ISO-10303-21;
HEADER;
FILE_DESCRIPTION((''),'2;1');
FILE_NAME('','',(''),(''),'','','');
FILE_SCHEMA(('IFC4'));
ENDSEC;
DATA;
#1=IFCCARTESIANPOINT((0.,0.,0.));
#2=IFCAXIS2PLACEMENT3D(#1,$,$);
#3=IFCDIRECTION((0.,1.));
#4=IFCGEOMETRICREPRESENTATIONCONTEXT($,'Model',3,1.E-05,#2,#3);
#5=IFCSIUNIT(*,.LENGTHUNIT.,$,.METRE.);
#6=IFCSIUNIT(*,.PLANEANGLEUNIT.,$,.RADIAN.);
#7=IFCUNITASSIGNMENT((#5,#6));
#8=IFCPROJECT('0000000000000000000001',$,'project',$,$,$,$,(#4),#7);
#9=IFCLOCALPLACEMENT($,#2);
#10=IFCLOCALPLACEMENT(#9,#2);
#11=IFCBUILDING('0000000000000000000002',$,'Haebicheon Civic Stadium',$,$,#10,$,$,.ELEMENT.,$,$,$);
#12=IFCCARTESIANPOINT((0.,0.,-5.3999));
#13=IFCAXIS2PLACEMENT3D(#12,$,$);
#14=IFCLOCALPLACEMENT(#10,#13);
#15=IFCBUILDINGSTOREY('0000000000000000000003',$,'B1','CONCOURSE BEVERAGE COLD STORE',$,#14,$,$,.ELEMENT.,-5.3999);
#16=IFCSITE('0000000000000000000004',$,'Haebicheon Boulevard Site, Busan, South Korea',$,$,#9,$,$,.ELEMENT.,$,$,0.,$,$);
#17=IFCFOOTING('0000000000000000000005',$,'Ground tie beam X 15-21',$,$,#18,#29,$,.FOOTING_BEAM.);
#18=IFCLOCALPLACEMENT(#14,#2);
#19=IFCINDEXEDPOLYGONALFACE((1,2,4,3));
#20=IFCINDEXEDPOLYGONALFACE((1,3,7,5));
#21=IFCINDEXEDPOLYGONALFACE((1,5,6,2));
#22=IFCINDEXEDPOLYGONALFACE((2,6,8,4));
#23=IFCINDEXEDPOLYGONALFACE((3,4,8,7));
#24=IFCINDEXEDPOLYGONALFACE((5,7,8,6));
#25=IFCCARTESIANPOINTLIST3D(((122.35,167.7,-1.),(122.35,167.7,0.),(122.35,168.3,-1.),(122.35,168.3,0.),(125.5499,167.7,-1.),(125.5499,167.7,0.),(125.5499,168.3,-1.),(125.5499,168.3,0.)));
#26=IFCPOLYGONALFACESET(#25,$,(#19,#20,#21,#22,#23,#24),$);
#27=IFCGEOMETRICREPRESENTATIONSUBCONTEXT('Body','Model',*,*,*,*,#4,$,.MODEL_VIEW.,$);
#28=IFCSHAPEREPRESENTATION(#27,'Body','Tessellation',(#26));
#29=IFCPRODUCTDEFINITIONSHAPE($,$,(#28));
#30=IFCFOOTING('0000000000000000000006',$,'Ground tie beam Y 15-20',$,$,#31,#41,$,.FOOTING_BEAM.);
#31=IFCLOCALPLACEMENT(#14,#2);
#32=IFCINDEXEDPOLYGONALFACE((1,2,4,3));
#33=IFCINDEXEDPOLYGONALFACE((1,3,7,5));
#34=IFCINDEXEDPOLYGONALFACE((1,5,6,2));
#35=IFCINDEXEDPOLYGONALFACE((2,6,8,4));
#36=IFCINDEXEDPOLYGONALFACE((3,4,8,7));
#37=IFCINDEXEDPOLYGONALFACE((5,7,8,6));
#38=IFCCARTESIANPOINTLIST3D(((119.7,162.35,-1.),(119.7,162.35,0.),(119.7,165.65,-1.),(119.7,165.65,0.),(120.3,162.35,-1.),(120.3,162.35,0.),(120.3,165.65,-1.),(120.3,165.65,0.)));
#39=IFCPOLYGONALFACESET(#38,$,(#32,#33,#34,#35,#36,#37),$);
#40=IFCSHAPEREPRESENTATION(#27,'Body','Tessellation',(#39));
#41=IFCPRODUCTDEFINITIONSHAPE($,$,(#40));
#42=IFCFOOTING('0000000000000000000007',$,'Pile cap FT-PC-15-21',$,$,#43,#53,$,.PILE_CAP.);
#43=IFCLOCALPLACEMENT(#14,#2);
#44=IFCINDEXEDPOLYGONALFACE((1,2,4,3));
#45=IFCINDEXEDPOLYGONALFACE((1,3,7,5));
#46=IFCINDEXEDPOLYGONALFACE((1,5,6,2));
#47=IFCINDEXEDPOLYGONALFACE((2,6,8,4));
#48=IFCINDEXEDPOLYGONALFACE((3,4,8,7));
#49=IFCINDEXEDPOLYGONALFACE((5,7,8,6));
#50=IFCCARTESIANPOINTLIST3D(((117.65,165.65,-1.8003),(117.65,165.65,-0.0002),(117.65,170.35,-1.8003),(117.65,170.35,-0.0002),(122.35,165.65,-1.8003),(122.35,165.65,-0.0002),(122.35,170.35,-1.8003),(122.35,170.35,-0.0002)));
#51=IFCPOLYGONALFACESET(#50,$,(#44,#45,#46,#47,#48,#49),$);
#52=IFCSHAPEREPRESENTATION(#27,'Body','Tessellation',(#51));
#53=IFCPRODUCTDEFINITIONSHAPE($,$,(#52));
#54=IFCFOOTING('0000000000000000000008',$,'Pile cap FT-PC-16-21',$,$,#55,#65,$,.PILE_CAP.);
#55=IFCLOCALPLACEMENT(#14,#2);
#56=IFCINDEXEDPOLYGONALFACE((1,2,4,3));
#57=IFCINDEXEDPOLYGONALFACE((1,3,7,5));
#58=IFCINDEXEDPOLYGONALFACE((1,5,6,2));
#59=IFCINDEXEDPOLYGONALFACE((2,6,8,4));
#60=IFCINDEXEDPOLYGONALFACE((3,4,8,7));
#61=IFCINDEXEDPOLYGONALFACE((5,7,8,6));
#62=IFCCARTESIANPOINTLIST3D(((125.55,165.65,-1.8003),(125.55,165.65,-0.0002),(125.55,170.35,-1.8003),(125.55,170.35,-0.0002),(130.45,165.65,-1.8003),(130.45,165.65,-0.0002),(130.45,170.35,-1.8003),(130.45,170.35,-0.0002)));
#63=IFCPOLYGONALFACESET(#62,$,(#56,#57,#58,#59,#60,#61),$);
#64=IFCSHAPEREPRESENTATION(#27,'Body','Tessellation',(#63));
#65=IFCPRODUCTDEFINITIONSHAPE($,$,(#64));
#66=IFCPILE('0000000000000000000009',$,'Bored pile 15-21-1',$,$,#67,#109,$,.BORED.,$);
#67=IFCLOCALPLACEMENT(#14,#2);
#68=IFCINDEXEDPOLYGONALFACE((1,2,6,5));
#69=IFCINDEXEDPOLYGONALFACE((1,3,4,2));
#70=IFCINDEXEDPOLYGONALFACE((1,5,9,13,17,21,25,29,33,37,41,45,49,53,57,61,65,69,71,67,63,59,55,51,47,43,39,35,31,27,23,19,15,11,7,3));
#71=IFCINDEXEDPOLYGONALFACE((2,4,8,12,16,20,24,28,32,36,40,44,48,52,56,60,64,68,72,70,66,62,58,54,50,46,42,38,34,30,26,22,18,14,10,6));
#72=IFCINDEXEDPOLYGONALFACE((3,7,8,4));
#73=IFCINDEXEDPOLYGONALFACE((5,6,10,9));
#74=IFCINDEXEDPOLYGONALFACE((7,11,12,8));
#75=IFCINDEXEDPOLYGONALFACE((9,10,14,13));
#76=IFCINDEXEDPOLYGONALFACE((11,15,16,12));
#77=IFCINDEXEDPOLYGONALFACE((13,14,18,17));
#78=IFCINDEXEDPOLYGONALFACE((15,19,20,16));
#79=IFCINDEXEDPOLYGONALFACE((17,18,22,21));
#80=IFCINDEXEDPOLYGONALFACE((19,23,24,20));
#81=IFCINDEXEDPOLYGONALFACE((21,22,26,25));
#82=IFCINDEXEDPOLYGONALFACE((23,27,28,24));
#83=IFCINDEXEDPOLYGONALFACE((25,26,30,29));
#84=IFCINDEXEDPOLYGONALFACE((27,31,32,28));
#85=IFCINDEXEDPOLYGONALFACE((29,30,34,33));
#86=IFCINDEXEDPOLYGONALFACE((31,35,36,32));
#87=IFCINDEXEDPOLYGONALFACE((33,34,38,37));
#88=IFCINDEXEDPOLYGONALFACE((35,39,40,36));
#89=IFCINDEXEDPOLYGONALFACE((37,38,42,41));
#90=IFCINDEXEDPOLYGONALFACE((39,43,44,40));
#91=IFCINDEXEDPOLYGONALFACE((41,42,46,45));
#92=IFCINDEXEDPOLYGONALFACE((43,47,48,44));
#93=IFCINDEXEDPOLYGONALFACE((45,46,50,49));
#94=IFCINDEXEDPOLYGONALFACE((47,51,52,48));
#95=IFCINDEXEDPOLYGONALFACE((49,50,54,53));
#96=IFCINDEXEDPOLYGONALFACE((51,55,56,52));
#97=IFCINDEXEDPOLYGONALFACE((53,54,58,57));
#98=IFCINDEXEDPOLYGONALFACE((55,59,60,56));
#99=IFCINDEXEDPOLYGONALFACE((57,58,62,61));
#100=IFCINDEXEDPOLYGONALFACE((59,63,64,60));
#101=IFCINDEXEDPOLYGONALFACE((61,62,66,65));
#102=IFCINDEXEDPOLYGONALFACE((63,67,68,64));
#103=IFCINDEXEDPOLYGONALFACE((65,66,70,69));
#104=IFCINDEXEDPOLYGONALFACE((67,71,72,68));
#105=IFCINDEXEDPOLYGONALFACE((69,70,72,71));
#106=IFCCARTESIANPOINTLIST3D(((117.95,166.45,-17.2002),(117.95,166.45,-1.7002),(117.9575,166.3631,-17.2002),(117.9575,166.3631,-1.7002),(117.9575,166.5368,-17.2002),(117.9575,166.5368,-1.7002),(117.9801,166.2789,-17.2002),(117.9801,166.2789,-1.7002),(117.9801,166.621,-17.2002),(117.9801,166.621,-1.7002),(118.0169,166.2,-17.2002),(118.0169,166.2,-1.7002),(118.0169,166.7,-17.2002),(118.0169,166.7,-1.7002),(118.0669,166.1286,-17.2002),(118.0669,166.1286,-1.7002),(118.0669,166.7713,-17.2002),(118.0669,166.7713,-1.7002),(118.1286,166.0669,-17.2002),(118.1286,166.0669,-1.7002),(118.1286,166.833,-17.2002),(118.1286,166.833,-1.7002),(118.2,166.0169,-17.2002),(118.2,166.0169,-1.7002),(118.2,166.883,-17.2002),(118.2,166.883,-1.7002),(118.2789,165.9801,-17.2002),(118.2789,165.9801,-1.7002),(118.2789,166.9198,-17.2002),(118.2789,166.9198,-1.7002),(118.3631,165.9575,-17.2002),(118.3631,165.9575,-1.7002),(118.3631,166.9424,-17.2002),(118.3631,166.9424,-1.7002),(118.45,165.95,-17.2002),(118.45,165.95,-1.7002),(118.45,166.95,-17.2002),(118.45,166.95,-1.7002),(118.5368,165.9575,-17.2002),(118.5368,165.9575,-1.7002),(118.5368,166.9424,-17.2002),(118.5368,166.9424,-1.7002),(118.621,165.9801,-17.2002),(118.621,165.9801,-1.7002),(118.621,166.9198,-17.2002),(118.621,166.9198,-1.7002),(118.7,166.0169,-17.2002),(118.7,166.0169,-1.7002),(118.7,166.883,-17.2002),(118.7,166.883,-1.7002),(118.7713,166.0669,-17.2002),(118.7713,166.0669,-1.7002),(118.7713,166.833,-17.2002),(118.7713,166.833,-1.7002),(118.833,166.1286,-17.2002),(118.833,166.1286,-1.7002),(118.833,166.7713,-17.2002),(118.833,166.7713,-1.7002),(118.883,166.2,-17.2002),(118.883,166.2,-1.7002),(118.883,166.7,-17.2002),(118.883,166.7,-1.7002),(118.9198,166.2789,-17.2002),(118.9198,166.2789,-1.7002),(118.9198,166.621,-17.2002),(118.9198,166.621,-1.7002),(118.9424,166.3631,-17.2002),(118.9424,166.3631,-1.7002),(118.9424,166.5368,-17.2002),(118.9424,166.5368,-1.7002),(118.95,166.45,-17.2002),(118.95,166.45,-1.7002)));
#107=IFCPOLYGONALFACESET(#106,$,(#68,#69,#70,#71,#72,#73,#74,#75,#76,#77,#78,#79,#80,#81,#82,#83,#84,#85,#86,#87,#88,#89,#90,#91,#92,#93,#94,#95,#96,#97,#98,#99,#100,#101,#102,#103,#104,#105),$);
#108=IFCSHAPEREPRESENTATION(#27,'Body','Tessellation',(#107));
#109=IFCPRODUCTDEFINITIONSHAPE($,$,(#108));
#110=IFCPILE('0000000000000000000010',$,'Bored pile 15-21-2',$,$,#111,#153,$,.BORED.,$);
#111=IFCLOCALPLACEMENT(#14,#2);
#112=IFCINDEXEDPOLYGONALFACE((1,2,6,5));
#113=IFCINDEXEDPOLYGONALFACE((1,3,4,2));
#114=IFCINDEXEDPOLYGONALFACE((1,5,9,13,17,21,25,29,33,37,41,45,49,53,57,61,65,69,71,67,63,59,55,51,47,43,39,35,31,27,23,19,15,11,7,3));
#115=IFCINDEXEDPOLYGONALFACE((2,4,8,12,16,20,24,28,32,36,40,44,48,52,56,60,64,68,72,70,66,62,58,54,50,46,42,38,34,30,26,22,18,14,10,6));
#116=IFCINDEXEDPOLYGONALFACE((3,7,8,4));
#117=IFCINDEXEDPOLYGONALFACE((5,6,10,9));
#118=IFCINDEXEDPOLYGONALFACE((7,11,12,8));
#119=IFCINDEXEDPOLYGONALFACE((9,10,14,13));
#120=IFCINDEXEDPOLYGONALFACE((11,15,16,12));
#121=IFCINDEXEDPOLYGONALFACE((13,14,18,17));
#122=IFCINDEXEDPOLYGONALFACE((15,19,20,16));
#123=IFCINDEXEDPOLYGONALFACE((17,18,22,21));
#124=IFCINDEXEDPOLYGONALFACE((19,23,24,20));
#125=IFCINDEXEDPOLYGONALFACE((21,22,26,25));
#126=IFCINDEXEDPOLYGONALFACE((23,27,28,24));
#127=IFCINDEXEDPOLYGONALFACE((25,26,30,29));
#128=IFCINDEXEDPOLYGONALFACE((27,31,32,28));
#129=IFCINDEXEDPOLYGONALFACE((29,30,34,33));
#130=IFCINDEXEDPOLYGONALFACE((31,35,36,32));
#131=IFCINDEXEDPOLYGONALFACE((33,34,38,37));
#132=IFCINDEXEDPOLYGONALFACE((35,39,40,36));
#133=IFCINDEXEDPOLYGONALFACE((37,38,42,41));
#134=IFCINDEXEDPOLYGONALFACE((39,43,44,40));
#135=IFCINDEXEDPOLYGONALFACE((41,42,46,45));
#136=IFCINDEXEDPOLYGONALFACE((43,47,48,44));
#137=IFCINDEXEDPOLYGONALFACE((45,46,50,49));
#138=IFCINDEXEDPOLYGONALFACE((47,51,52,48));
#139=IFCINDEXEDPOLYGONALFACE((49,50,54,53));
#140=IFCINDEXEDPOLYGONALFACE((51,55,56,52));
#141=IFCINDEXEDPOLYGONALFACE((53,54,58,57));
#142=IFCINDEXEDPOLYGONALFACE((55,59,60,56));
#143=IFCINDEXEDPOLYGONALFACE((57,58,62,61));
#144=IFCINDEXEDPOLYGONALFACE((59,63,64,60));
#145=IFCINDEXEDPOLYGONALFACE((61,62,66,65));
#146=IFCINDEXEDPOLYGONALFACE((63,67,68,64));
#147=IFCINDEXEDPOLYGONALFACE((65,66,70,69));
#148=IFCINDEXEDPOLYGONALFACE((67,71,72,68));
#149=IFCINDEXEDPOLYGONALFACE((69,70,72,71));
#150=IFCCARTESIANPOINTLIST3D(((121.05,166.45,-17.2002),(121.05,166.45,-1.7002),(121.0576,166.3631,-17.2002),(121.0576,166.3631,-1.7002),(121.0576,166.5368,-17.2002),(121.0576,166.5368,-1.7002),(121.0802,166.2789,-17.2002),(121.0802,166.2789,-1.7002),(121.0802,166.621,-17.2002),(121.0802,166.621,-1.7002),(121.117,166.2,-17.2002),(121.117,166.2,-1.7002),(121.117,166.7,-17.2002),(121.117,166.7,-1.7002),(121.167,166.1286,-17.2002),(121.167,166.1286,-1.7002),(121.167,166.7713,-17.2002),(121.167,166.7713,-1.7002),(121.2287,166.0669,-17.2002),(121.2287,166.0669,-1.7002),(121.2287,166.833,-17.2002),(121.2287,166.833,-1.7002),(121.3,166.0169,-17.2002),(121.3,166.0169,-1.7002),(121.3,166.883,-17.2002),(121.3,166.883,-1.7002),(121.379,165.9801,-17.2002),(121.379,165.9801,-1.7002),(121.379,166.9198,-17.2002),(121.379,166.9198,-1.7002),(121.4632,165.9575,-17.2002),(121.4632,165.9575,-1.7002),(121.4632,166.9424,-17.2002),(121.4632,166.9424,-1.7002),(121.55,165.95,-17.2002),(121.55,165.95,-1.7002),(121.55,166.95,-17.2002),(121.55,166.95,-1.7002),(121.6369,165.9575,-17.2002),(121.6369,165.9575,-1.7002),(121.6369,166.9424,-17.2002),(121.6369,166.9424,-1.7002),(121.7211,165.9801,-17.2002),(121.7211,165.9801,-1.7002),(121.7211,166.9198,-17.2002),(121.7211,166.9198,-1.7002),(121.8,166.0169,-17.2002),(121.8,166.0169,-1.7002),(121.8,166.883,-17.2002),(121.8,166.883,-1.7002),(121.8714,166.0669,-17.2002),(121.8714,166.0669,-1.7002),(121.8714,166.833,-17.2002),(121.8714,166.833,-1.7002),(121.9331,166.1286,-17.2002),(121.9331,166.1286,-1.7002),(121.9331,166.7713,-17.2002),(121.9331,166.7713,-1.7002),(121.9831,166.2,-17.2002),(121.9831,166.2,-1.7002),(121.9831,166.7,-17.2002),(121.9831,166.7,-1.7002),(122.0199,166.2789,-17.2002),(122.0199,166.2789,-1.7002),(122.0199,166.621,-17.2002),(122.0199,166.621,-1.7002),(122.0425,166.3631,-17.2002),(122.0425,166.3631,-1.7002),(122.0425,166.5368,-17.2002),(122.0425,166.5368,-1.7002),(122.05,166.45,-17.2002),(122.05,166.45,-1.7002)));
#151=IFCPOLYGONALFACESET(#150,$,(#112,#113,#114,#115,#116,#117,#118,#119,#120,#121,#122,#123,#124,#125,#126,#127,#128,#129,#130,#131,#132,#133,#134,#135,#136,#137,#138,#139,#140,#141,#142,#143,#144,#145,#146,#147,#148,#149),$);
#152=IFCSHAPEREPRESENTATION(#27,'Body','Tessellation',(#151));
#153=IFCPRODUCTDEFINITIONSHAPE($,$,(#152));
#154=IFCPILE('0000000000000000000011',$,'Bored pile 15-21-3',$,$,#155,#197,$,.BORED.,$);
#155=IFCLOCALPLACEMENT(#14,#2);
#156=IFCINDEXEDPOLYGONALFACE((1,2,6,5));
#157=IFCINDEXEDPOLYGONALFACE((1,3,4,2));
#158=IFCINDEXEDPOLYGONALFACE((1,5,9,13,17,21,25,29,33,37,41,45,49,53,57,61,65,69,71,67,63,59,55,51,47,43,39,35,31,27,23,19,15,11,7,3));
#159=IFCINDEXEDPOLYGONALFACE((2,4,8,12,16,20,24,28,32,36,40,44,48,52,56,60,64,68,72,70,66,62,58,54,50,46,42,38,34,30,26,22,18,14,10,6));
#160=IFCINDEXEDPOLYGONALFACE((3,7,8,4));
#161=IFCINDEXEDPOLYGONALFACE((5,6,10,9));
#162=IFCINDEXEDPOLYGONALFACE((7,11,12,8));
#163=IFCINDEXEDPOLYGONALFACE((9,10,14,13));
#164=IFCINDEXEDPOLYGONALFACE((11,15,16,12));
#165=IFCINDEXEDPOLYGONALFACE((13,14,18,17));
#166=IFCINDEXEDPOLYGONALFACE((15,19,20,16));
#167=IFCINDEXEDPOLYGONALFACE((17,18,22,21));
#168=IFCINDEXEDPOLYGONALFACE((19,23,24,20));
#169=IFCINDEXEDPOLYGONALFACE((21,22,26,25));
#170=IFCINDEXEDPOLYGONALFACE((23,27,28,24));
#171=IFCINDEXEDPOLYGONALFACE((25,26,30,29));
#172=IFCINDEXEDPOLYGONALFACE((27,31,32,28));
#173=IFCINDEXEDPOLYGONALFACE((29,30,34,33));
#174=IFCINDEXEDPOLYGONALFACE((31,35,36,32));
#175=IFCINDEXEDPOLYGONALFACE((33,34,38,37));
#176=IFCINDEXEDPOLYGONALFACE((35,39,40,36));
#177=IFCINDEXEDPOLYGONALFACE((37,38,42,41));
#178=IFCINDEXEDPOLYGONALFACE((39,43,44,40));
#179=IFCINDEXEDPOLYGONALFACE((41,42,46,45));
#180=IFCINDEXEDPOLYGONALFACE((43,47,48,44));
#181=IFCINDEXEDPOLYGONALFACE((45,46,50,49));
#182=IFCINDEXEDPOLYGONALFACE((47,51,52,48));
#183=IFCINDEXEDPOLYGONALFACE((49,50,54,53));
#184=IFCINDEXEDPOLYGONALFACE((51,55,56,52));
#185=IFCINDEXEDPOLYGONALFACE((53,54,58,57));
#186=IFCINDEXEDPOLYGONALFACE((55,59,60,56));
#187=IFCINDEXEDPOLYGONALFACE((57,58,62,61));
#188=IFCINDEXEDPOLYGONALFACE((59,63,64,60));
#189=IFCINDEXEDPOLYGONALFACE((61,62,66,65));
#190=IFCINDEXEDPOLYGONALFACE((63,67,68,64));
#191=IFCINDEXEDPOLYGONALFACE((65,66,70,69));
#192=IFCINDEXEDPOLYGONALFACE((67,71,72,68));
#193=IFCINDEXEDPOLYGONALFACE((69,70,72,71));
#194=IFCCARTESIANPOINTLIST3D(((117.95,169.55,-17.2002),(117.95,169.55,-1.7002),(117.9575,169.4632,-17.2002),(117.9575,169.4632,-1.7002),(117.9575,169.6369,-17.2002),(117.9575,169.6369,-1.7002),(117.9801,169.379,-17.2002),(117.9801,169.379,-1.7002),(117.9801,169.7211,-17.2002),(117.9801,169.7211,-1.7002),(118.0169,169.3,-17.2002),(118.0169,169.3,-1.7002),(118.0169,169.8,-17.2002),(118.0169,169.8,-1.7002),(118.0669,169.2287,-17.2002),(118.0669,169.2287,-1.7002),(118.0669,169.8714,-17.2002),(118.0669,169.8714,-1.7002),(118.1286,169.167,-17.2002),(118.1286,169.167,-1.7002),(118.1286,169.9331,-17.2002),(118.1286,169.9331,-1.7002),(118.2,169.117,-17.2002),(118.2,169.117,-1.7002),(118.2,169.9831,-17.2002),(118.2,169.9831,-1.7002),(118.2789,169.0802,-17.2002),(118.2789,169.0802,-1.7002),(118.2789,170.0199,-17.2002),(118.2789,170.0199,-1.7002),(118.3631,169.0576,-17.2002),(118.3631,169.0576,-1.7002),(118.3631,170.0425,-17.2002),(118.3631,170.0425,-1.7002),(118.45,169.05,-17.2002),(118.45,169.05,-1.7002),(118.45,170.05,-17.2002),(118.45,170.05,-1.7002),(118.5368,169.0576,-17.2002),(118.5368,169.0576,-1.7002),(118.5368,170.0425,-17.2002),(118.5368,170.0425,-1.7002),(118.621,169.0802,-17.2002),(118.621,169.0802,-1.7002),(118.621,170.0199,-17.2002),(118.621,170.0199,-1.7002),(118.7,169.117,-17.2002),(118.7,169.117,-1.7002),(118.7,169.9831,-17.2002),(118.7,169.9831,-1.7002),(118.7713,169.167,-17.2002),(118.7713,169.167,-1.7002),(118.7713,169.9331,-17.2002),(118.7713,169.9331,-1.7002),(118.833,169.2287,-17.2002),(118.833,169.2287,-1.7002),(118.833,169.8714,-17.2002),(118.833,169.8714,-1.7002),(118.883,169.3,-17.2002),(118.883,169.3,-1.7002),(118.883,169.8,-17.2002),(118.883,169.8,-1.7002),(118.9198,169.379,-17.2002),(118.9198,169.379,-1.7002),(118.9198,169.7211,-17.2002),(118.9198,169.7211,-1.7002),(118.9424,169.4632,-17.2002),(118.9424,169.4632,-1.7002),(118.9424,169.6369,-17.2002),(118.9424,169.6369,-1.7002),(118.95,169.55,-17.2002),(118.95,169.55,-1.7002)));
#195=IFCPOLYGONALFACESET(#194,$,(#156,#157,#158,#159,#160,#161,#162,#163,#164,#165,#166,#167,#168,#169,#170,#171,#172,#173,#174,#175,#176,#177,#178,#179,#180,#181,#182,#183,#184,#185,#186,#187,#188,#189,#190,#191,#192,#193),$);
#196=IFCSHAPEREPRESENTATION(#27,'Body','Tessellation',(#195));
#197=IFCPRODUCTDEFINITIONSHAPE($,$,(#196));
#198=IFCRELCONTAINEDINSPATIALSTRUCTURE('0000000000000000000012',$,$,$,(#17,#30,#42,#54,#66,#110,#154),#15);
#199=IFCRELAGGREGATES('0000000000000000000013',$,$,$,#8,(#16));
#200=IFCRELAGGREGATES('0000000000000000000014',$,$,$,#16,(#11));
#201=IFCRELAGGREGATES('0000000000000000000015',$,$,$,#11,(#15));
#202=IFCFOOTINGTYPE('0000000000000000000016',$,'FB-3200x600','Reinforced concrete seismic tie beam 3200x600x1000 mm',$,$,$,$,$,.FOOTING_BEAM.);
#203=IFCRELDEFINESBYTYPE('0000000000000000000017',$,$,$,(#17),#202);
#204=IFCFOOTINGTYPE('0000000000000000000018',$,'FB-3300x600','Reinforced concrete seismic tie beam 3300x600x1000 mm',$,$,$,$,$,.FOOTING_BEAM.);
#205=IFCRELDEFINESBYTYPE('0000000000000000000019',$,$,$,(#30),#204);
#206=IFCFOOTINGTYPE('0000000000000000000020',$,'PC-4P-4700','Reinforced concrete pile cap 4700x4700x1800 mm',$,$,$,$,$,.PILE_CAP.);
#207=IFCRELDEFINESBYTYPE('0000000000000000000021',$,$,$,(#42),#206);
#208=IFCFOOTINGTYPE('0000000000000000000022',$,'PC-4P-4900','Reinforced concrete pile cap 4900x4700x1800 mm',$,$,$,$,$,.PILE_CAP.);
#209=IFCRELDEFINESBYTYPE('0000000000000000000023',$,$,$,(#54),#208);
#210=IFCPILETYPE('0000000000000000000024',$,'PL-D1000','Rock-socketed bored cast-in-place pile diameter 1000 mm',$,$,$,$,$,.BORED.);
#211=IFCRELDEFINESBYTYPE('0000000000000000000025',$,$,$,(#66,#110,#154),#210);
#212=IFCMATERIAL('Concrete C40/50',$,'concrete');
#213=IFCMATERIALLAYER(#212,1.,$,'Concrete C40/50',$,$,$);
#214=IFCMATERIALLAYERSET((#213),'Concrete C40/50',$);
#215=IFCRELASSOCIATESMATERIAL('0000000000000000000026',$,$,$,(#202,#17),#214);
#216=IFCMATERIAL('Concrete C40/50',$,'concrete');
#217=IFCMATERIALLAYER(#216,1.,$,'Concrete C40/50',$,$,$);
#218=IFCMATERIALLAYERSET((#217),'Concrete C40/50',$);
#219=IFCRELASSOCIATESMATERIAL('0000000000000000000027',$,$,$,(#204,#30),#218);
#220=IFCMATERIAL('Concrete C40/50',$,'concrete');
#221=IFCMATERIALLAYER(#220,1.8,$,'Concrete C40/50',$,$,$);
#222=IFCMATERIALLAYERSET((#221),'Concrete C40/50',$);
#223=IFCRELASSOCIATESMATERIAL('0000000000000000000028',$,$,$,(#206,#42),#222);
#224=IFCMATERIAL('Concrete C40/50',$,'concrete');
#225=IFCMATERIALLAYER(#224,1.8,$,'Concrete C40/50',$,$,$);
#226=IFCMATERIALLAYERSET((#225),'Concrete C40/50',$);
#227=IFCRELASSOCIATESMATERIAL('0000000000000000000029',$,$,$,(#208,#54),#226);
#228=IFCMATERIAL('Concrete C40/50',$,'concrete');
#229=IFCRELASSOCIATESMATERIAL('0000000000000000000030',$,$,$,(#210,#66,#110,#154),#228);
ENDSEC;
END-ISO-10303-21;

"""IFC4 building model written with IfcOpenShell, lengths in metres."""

from ifc_helpers import new_model, si_unit, direction, frame, origin, origin_2d, place, context, subcontext, project, spatial, rectangle, circle, extrude, material, layer, layer_set, material_profile, profile_set, type_object, element, save


model = new_model("IFC4")

# Units and contexts
model_context = context("Model", 3, precision=1e-05, world=origin(), true_north=direction((0.0, 1.0)))
body_context = subcontext(model_context, "Body", "Model", "MODEL_VIEW")
ifc_project = project(units=[si_unit("LENGTHUNIT", "METRE"), si_unit("PLANEANGLEUNIT", "RADIAN")], contexts=[model_context])

# Site, building, storey
site_placement = place(None, origin())
site = spatial("IfcSite", under=ifc_project, at=site_placement, Name="Haebicheon Boulevard Site, Busan, South Korea", CompositionType="ELEMENT", RefElevation=0.0)
building_placement = place(site_placement, origin())
building = spatial("IfcBuilding", under=site, at=building_placement, Name="Haebicheon Civic Stadium", CompositionType="ELEMENT")
storey_placement = place(building_placement, frame((0.0, 0.0, -5.3999)))
storey = spatial("IfcBuildingStorey", under=building, at=storey_placement, Name="B1", Description="CONCOURSE BEVERAGE COLD STORE", CompositionType="ELEMENT", Elevation=-5.3999)

# Footings
ifc_material_1 = material(Name="Concrete C40/50", Category="concrete")
ifc_layer_1 = layer(ifc_material_1, 1.0, Name="Concrete C40/50")
ifc_layer_set_1 = layer_set([ifc_layer_1], Name="Concrete C40/50")
footing_type_1 = type_object("IfcFootingType", Name="FB-3200x600", Description="Reinforced concrete seismic tie beam 3200x600x1000 mm", PredefinedType="FOOTING_BEAM", material=ifc_layer_set_1)
footing_1_placement = place(storey_placement, frame((123.95, 168.0, -1.0), z_axis=(0.0, 0.0, 1.0), x_axis=(1.0, 0.0, 0.0)))
element("IfcFooting", 1, at=footing_1_placement, inside=storey, type_object=footing_type_1, material=ifc_layer_set_1, Name="Ground tie beam X 15-21", PredefinedType="FOOTING_BEAM", context=body_context, shape_type="SweptSolid", body=[
    extrude(rectangle(XDim=3.2, YDim=0.6001, at=origin_2d()), origin(), (0.0, 0.0, 1.0), 1.0),
])
ifc_material_2 = material(Name="Concrete C40/50", Category="concrete")
ifc_layer_2 = layer(ifc_material_2, 1.0, Name="Concrete C40/50")
ifc_layer_set_2 = layer_set([ifc_layer_2], Name="Concrete C40/50")
footing_type_2 = type_object("IfcFootingType", Name="FB-3300x600", Description="Reinforced concrete seismic tie beam 3300x600x1000 mm", PredefinedType="FOOTING_BEAM", material=ifc_layer_set_2)
footing_2_placement = place(storey_placement, frame((120.0, 164.0, -1.0), z_axis=(0.0, 0.0, 1.0), x_axis=(0.0, 1.0, 0.0)))
element("IfcFooting", 2, at=footing_2_placement, inside=storey, type_object=footing_type_2, material=ifc_layer_set_2, Name="Ground tie beam Y 15-20", PredefinedType="FOOTING_BEAM", context=body_context, shape_type="SweptSolid", body=[
    extrude(rectangle(XDim=3.3, YDim=0.6001, at=origin_2d()), origin(), (0.0, 0.0, 1.0), 1.0),
])
ifc_material_3 = material(Name="Concrete C40/50", Category="concrete")
ifc_layer_3 = layer(ifc_material_3, 1.8, Name="Concrete C40/50")
ifc_layer_set_3 = layer_set([ifc_layer_3], Name="Concrete C40/50")
footing_type_3 = type_object("IfcFootingType", Name="PC-4P-4700", Description="Reinforced concrete pile cap 4700x4700x1800 mm", PredefinedType="PILE_CAP", material=ifc_layer_set_3)
footing_3_placement = place(storey_placement, frame((120.0, 168.0, -1.8003), z_axis=(0.0, 0.0, 1.0), x_axis=(1.0, 0.0, 0.0)))
element("IfcFooting", 3, at=footing_3_placement, inside=storey, type_object=footing_type_3, material=ifc_layer_set_3, Name="Pile cap FT-PC-15-21", PredefinedType="PILE_CAP", context=body_context, shape_type="SweptSolid", body=[
    extrude(rectangle(XDim=4.7, YDim=4.7, at=origin_2d()), origin(), (0.0, 0.0, 1.0), 1.8),
])
ifc_material_4 = material(Name="Concrete C40/50", Category="concrete")
ifc_layer_4 = layer(ifc_material_4, 1.8, Name="Concrete C40/50")
ifc_layer_set_4 = layer_set([ifc_layer_4], Name="Concrete C40/50")
footing_type_4 = type_object("IfcFootingType", Name="PC-4P-4900", Description="Reinforced concrete pile cap 4900x4700x1800 mm", PredefinedType="PILE_CAP", material=ifc_layer_set_4)
footing_4_placement = place(storey_placement, frame((128.0, 168.0, -1.8003), z_axis=(0.0, 0.0, 1.0), x_axis=(1.0, 0.0, 0.0)))
element("IfcFooting", 4, at=footing_4_placement, inside=storey, type_object=footing_type_4, material=ifc_layer_set_4, Name="Pile cap FT-PC-16-21", PredefinedType="PILE_CAP", context=body_context, shape_type="SweptSolid", body=[
    extrude(rectangle(XDim=4.8999, YDim=4.7, at=origin_2d()), origin(), (0.0, 0.0, 1.0), 1.8),
])

# Piles
ifc_material_5 = material(Name="Concrete C40/50", Category="concrete")
ifc_material_profile_1 = material_profile(ifc_material_5, circle(Radius=0.5, at=origin_2d()), Name="PILE-D1000")
ifc_profile_set_1 = profile_set([ifc_material_profile_1], Name="Concrete C40/50")
pile_type = type_object("IfcPileType", Name="PL-D1000", Description="Rock-socketed bored cast-in-place pile diameter 1000 mm", PredefinedType="BORED", material=ifc_profile_set_1)
for number, where, z_axis, x_axis, name in (
    (5, (118.45, 166.45, -1.7002), (0.0, 0.0, -1.0), (1.0, 0.0, 0.0), "Bored pile 15-21-1"),
    (6, (121.55, 166.45, -1.7002), (0.0, 0.0, -1.0), (1.0, 0.0, 0.0), "Bored pile 15-21-2"),
    (7, (118.45, 169.55, -1.7002), (0.0, 0.0, -1.0), (1.0, 0.0, 0.0), "Bored pile 15-21-3"),
):
    element("IfcPile", number, at=place(storey_placement, frame(where, z_axis=z_axis, x_axis=x_axis)), inside=storey, type_object=pile_type, material=ifc_profile_set_1, Name=name, PredefinedType="BORED", context=body_context, shape_type="SweptSolid", body=[
        extrude(circle(Radius=0.5, at=origin_2d()), origin(), (0.0, 0.0, 1.0), 15.5),
    ])

save(model, "model.ifc")
